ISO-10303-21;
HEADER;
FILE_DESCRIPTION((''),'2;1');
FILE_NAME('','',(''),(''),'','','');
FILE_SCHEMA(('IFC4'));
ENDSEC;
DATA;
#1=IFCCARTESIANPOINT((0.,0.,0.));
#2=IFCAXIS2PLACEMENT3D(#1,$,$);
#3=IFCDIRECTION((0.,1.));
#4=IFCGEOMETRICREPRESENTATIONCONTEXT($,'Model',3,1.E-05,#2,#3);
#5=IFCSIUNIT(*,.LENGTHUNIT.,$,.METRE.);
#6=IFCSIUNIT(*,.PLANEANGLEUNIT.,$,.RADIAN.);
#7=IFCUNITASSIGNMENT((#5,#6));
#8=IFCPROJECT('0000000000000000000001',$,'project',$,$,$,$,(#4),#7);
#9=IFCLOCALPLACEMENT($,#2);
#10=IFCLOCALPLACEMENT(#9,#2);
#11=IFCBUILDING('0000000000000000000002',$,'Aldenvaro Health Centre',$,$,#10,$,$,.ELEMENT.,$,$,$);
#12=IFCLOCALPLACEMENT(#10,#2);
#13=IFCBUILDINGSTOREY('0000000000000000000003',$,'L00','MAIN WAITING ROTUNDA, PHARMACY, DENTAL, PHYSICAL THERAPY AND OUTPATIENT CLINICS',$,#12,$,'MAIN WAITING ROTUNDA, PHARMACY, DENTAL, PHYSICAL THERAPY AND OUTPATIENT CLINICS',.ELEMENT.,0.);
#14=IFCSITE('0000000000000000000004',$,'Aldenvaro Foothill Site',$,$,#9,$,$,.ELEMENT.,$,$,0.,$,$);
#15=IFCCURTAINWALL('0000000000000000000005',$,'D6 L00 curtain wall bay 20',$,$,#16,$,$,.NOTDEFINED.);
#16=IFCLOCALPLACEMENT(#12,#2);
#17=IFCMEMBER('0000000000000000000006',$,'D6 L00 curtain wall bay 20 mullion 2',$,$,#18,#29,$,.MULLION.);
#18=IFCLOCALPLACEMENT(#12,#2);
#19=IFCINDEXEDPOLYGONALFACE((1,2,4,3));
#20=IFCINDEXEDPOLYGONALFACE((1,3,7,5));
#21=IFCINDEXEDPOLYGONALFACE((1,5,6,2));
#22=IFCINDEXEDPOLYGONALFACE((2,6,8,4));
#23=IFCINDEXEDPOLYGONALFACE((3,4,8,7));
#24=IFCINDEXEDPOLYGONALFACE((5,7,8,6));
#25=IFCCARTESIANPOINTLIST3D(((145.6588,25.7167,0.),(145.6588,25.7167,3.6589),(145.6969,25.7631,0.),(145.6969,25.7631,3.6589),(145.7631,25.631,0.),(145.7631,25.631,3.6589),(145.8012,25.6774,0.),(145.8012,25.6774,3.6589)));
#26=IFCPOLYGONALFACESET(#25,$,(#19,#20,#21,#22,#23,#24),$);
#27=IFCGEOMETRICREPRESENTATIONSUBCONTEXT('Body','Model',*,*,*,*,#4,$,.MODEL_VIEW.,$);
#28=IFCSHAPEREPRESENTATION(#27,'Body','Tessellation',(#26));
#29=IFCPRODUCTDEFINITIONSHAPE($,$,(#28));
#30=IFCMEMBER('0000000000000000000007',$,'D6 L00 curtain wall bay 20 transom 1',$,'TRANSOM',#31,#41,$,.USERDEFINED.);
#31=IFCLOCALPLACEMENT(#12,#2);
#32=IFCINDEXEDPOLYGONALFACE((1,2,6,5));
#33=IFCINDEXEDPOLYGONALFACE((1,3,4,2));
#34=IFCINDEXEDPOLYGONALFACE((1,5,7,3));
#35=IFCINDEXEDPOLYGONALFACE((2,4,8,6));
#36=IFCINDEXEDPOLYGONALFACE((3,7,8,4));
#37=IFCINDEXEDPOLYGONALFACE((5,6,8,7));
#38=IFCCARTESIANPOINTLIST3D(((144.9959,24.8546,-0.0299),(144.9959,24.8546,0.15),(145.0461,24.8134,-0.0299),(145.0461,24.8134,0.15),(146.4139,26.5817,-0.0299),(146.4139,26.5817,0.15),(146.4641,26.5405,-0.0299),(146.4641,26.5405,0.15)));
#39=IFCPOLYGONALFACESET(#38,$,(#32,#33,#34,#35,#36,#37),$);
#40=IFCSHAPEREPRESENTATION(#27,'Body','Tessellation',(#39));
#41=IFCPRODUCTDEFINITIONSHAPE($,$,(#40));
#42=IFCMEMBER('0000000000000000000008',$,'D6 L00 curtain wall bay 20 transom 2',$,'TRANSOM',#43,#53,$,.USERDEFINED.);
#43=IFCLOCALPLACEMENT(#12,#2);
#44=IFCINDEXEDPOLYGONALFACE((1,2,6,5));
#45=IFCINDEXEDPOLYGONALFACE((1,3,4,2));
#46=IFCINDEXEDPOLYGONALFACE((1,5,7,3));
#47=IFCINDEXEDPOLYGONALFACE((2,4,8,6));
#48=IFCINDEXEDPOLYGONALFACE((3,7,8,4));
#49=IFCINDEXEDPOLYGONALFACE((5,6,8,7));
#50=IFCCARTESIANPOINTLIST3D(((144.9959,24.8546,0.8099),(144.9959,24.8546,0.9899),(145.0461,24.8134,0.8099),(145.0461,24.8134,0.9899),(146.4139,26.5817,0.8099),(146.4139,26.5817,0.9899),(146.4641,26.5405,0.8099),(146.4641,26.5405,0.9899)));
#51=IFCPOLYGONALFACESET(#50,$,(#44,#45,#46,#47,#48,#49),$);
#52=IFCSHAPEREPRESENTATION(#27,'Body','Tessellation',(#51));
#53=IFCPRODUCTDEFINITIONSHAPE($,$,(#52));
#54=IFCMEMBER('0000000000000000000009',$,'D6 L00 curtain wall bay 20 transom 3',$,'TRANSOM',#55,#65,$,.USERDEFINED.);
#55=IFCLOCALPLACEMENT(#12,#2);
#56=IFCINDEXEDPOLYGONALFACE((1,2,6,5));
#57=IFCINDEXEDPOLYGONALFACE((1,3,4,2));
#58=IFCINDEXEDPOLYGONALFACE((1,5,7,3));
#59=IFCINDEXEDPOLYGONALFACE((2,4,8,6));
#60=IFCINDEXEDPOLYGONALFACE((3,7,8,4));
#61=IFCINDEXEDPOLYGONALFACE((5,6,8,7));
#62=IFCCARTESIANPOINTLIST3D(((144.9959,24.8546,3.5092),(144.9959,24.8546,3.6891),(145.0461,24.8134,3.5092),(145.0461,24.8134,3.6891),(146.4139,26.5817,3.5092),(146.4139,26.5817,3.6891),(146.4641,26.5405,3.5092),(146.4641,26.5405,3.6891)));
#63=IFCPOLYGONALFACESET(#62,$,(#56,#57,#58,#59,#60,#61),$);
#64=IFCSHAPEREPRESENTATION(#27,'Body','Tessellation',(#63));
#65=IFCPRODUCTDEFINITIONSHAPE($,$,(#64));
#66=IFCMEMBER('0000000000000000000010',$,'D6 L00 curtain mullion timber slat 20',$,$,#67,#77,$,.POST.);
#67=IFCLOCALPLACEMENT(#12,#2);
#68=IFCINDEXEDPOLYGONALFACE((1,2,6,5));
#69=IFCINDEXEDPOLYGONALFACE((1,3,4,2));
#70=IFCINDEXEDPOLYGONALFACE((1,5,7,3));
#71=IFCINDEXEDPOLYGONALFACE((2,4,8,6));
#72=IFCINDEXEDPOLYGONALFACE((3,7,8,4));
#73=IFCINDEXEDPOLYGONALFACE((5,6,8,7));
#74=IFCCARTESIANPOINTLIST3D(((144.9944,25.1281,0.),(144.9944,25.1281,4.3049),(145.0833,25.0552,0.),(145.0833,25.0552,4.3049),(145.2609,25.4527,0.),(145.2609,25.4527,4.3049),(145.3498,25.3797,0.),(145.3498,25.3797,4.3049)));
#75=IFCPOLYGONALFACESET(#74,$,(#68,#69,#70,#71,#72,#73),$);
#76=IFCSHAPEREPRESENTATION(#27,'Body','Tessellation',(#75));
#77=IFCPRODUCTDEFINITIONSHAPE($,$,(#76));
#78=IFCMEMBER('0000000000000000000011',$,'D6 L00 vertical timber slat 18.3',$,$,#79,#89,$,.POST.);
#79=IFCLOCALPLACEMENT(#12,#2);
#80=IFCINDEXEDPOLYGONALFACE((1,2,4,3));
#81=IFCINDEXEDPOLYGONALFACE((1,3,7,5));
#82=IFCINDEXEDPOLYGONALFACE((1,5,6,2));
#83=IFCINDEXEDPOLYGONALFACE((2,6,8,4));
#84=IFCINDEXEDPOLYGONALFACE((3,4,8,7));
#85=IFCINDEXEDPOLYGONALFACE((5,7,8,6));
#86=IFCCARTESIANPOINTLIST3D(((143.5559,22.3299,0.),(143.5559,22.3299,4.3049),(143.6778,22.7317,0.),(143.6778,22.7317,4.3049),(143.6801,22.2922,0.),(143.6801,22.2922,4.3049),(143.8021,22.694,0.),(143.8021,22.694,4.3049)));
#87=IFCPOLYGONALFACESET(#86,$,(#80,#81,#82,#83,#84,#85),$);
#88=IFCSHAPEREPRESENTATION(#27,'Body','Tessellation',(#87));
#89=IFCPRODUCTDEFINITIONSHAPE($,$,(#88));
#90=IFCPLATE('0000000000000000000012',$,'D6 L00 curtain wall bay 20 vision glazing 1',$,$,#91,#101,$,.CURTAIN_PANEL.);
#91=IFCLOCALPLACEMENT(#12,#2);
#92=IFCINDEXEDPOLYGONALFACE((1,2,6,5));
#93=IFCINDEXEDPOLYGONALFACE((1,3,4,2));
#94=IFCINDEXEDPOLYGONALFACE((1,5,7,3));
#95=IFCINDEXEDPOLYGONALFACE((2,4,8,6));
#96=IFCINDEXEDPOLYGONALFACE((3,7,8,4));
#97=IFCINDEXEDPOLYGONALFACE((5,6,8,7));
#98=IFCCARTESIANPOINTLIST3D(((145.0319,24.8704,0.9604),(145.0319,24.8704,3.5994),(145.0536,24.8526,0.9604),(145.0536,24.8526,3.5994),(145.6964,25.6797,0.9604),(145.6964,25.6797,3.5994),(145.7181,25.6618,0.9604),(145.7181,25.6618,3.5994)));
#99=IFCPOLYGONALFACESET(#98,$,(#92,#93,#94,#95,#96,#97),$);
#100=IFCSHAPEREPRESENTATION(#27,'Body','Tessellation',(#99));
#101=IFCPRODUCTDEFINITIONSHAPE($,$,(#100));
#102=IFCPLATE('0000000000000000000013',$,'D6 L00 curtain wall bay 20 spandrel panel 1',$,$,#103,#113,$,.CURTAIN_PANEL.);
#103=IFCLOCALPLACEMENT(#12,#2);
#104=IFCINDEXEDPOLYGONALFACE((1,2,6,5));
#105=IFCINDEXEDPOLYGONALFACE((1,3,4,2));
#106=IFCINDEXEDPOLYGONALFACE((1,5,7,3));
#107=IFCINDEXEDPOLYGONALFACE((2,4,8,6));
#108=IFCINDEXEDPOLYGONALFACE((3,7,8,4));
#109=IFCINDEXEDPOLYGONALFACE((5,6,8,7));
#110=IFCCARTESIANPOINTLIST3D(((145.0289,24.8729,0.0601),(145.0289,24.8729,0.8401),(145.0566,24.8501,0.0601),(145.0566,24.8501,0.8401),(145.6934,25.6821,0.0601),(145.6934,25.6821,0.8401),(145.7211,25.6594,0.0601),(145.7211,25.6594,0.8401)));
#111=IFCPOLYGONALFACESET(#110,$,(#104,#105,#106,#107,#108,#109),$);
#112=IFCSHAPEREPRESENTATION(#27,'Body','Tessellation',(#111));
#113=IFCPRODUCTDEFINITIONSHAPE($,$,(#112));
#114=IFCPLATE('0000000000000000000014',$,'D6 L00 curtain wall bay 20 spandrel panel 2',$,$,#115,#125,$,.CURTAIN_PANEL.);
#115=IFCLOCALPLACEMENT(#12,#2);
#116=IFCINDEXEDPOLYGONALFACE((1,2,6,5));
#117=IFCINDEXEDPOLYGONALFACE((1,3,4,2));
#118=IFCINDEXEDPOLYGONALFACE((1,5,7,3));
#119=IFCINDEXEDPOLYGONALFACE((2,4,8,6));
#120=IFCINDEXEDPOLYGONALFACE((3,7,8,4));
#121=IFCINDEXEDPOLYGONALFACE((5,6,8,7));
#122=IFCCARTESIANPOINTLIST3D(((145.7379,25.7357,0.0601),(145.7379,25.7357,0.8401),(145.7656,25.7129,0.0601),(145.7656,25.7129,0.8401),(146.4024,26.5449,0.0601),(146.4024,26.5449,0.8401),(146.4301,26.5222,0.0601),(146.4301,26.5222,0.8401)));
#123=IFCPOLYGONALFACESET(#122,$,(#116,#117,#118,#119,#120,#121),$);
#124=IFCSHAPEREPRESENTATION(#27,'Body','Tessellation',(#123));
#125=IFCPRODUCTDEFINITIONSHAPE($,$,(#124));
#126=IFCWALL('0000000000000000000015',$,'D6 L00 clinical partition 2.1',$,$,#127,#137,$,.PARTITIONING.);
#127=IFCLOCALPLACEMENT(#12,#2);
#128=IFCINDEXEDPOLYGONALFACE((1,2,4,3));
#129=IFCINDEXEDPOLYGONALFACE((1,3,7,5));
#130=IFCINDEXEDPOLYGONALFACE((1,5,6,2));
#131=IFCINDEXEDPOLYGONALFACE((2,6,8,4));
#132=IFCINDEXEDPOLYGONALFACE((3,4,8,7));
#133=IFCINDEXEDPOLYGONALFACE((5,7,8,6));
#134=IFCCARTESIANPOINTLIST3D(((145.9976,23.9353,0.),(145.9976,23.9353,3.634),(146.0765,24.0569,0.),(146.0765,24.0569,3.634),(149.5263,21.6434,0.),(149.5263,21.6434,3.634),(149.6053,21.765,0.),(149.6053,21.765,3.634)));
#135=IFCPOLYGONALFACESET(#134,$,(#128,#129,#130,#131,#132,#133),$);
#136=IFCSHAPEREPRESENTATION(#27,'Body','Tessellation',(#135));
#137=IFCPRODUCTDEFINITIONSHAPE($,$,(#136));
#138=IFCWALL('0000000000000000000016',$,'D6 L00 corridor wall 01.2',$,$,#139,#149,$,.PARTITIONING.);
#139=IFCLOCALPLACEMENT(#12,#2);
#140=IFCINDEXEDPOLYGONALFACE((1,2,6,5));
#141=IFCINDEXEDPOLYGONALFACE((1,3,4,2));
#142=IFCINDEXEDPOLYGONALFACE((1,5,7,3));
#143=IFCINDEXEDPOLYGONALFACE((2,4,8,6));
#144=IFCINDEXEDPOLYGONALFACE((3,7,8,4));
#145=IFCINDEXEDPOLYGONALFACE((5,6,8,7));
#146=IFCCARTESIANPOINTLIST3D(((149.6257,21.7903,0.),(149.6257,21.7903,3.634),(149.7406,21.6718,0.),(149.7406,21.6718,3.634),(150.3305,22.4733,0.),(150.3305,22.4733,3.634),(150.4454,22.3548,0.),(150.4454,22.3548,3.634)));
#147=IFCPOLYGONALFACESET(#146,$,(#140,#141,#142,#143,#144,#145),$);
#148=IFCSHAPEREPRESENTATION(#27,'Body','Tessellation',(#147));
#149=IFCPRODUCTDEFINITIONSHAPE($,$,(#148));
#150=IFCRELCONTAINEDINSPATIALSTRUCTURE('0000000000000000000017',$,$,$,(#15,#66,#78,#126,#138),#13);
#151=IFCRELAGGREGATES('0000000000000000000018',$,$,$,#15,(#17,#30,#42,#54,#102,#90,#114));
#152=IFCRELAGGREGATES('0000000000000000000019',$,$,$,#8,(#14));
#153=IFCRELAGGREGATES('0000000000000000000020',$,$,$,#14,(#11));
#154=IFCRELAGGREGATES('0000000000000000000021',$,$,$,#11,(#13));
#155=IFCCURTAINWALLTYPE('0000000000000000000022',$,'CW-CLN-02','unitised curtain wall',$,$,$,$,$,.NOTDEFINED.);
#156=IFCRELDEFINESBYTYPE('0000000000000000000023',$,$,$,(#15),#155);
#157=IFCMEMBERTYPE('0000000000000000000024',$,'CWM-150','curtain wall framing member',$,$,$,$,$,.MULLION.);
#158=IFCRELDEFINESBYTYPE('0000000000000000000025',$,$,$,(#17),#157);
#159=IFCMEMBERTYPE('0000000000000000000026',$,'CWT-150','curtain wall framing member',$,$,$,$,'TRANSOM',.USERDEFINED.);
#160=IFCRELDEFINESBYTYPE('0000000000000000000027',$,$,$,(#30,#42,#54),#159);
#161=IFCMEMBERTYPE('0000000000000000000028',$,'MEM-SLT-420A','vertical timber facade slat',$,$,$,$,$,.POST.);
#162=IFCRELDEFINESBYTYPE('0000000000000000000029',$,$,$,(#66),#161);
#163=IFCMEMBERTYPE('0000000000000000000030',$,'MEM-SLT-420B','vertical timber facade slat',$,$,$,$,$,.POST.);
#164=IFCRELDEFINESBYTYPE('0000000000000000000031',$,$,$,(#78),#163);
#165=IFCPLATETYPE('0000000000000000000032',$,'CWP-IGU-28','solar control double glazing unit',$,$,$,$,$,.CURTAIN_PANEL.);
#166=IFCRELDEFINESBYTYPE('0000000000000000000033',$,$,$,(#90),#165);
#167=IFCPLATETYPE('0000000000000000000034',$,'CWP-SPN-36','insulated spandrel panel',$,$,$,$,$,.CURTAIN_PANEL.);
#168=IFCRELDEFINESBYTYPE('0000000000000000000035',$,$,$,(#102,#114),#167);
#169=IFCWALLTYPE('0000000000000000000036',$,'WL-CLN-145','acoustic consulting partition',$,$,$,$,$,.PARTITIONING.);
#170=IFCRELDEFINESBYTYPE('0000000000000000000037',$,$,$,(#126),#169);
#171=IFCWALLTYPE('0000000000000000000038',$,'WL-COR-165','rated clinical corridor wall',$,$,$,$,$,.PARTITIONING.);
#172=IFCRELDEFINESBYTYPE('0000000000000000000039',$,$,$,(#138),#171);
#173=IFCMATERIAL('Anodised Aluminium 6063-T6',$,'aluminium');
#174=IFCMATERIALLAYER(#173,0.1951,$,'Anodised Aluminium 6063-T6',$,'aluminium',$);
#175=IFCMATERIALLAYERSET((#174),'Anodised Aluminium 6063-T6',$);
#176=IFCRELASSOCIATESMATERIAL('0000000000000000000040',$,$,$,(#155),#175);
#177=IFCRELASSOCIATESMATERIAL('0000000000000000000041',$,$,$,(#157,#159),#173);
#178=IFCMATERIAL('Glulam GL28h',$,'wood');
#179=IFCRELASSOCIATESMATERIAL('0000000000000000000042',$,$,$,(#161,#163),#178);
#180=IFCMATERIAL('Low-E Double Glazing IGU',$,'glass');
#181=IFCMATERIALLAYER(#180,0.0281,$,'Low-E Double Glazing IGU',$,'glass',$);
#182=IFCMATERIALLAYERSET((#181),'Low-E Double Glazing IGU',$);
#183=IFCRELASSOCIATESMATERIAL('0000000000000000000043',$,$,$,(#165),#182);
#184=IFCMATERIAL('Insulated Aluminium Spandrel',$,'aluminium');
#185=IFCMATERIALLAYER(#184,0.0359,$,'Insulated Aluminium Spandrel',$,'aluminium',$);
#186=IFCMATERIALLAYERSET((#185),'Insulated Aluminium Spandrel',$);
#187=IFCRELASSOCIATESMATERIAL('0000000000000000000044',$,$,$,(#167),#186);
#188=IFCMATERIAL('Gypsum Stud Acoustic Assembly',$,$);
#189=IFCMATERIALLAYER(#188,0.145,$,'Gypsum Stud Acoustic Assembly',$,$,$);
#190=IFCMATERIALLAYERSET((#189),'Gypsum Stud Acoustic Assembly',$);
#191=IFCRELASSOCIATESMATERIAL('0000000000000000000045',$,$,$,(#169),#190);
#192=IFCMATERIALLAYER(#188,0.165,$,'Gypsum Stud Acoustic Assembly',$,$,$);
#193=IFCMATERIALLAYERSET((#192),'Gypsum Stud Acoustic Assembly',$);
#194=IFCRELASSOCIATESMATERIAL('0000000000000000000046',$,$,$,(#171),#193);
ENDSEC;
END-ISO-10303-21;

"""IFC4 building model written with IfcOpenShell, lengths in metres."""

from ifc_helpers import new_model, si_unit, direction, frame, frame_2d, origin, origin_2d, place, context, subcontext, project, spatial, rectangle, extrude, material, layer, layer_set, material_profile, profile_set, type_object, element, aggregate, save


model = new_model("IFC4")

# Units and contexts
model_context = context("Model", 3, precision=1e-05, world=origin(), true_north=direction((0.0, 1.0)))
body_context = subcontext(model_context, "Body", "Model", "MODEL_VIEW")
ifc_project = project(units=[si_unit("LENGTHUNIT", "METRE"), si_unit("PLANEANGLEUNIT", "RADIAN")], contexts=[model_context])

# Site, building, storey
site_placement = place(None, origin())
site = spatial("IfcSite", under=ifc_project, at=site_placement, Name="Aldenvaro Foothill Site", CompositionType="ELEMENT", RefElevation=0.0)
building_placement = place(site_placement, origin())
building = spatial("IfcBuilding", under=site, at=building_placement, Name="Aldenvaro Health Centre", CompositionType="ELEMENT")
storey_placement = place(building_placement, origin())
storey = spatial("IfcBuildingStorey", under=building, at=storey_placement, Name="L00", Description="MAIN WAITING ROTUNDA, PHARMACY, DENTAL, PHYSICAL THERAPY AND OUTPATIENT CLINICS", LongName="MAIN WAITING ROTUNDA, PHARMACY, DENTAL, PHYSICAL THERAPY AND OUTPATIENT CLINICS", CompositionType="ELEMENT", Elevation=0.0)

# Shared definitions
ifc_material_1 = material(Name="Glulam GL28h", Category="wood")

# Curtain wall, members
ifc_material_2 = material(Name="Anodised Aluminium 6063-T6", Category="aluminium")
ifc_layer_1 = layer(ifc_material_2, 0.1951, Name="Anodised Aluminium 6063-T6", Category="aluminium")
ifc_layer_set_1 = layer_set([ifc_layer_1], Name="Anodised Aluminium 6063-T6")
curtain_wall_type = type_object("IfcCurtainWallType", Name="CW-CLN-02", Description="unitised curtain wall", PredefinedType="NOTDEFINED", material=ifc_layer_set_1)
curtain_wall_placement = place(storey_placement, origin())
curtain_wall = element("IfcCurtainWall", 1, at=curtain_wall_placement, inside=storey, type_object=curtain_wall_type, Name="D6 L00 curtain wall bay 20", PredefinedType="NOTDEFINED")
ifc_material_profile_1 = material_profile(ifc_material_2, rectangle(XDim=0.0601, YDim=0.135, at=origin_2d()), Name="ALU 60x135", Category="aluminium")
ifc_profile_set_1 = profile_set([ifc_material_profile_1], Name="Anodised Aluminium 6063-T6")
member_type_1 = type_object("IfcMemberType", Name="CWM-150", Description="curtain wall framing member", PredefinedType="MULLION", material=ifc_profile_set_1)
member_1_placement = place(storey_placement, frame((145.73, 25.697, 0.0), z_axis=(0.0, 0.0, 1.0), x_axis=(0.634577, 0.77286, 0.0)))
member_1 = element("IfcMember", 2, at=member_1_placement, type_object=member_type_1, Name="D6 L00 curtain wall bay 20 mullion 2", PredefinedType="MULLION", context=body_context, shape_type="SweptSolid", body=[
    extrude(rectangle(XDim=0.0601, YDim=0.135, at=origin_2d()), origin(), (0.0, 0.0, 1.0), 3.6589),
])
ifc_material_profile_2 = material_profile(ifc_material_2, rectangle(XDim=0.0649, YDim=0.1799, at=origin_2d()), Name="ALU 65x180", Category="aluminium")
ifc_profile_set_2 = profile_set([ifc_material_profile_2], Name="Anodised Aluminium 6063-T6")
member_type_2 = type_object("IfcMemberType", Name="CWT-150", Description="curtain wall framing member", ElementType="TRANSOM", PredefinedType="USERDEFINED", material=ifc_profile_set_2)
member_2_placement = place(storey_placement, frame((145.021, 24.834, 0.0601), z_axis=(0.634558, 0.772876, 0.0), x_axis=(-0.772876, 0.634558, 0.0)))
member_2 = element("IfcMember", 3, at=member_2_placement, type_object=member_type_2, Name="D6 L00 curtain wall bay 20 transom 1", ObjectType="TRANSOM", PredefinedType="USERDEFINED", context=body_context, shape_type="SweptSolid", body=[
    extrude(rectangle(XDim=0.0649, YDim=0.1799, at=origin_2d()), origin(), (0.0, 0.0, 1.0), 2.2346),
])
member_3_placement = place(storey_placement, frame((145.021, 24.834, 0.8999), z_axis=(0.634558, 0.772876, 0.0), x_axis=(-0.772876, 0.634558, 0.0)))
member_3 = element("IfcMember", 4, at=member_3_placement, type_object=member_type_2, Name="D6 L00 curtain wall bay 20 transom 2", ObjectType="TRANSOM", PredefinedType="USERDEFINED", context=body_context, shape_type="SweptSolid", body=[
    extrude(rectangle(XDim=0.0649, YDim=0.1799, at=origin_2d()), origin(), (0.0, 0.0, 1.0), 2.2346),
])
member_4_placement = place(storey_placement, frame((145.021, 24.834, 3.5991), z_axis=(0.634558, 0.772876, 0.0), x_axis=(-0.772876, 0.634558, 0.0)))
member_4 = element("IfcMember", 5, at=member_4_placement, type_object=member_type_2, Name="D6 L00 curtain wall bay 20 transom 3", ObjectType="TRANSOM", PredefinedType="USERDEFINED", context=body_context, shape_type="SweptSolid", body=[
    extrude(rectangle(XDim=0.0649, YDim=0.1799, at=origin_2d()), origin(), (0.0, 0.0, 1.0), 2.2346),
])

# Members
ifc_material_profile_3 = material_profile(ifc_material_1, rectangle(XDim=0.115, YDim=0.4199, at=origin_2d()), Name="GL 115x420", Category="wood")
ifc_profile_set_3 = profile_set([ifc_material_profile_3], Name="Glulam GL28h")
member_type_3 = type_object("IfcMemberType", Name="MEM-SLT-420A", Description="vertical timber facade slat", PredefinedType="POST", material=ifc_profile_set_3)
member_5_placement = place(storey_placement, frame((145.1721, 25.2539, 0.0), z_axis=(0.0, 0.0, 1.0), x_axis=(-0.77286, 0.634577, 0.0)))
element("IfcMember", 6, at=member_5_placement, inside=storey, type_object=member_type_3, Name="D6 L00 curtain mullion timber slat 20", PredefinedType="POST", context=body_context, shape_type="SweptSolid", body=[
    extrude(rectangle(XDim=0.115, YDim=0.4199, at=origin_2d()), origin(), (0.0, 0.0, 1.0), 4.3049),
])
ifc_material_profile_4 = material_profile(ifc_material_1, rectangle(XDim=0.1299, YDim=0.4199, at=origin_2d()), Name="GL 130x420", Category="wood")
ifc_profile_set_4 = profile_set([ifc_material_profile_4], Name="Glulam GL28h")
member_type_4 = type_object("IfcMemberType", Name="MEM-SLT-420B", Description="vertical timber facade slat", PredefinedType="POST", material=ifc_profile_set_4)
member_6_placement = place(storey_placement, frame((143.679, 22.512, 0.0), z_axis=(0.0, 0.0, 1.0), x_axis=(-0.956923, 0.290343, 0.0)))
element("IfcMember", 7, at=member_6_placement, inside=storey, type_object=member_type_4, Name="D6 L00 vertical timber slat 18.3", PredefinedType="POST", context=body_context, shape_type="SweptSolid", body=[
    extrude(rectangle(XDim=0.1299, YDim=0.4199, at=origin_2d()), origin(), (0.0, 0.0, 1.0), 4.3049),
])

# Plates
ifc_material_3 = material(Name="Low-E Double Glazing IGU", Category="glass")
ifc_layer_2 = layer(ifc_material_3, 0.0281, Name="Low-E Double Glazing IGU", Category="glass")
ifc_layer_set_2 = layer_set([ifc_layer_2], Name="Low-E Double Glazing IGU")
plate_type_1 = type_object("IfcPlateType", Name="CWP-IGU-28", Description="solar control double glazing unit", PredefinedType="CURTAIN_PANEL", material=ifc_layer_set_2)
plate_1_placement = place(storey_placement, frame((145.375, 25.2661, 0.9604), z_axis=(0.0, 0.0, 1.0), x_axis=(0.634577, 0.77286, 0.0)))
plate_1 = element("IfcPlate", 8, at=plate_1_placement, type_object=plate_type_1, Name="D6 L00 curtain wall bay 20 vision glazing 1", PredefinedType="CURTAIN_PANEL", context=body_context, shape_type="SweptSolid", body=[
    extrude(rectangle(XDim=1.0471, YDim=0.0281, at=origin_2d()), origin(), (0.0, 0.0, 1.0), 2.6389),
])
ifc_material_4 = material(Name="Insulated Aluminium Spandrel", Category="aluminium")
ifc_layer_3 = layer(ifc_material_4, 0.0359, Name="Insulated Aluminium Spandrel", Category="aluminium")
ifc_layer_set_3 = layer_set([ifc_layer_3], Name="Insulated Aluminium Spandrel")
plate_type_2 = type_object("IfcPlateType", Name="CWP-SPN-36", Description="insulated spandrel panel", PredefinedType="CURTAIN_PANEL", material=ifc_layer_set_3)
plate_2_placement = place(storey_placement, frame((145.375, 25.2661, 0.0601), z_axis=(0.0, 0.0, 1.0), x_axis=(0.634577, 0.77286, 0.0)))
plate_2 = element("IfcPlate", 9, at=plate_2_placement, type_object=plate_type_2, Name="D6 L00 curtain wall bay 20 spandrel panel 1", PredefinedType="CURTAIN_PANEL", context=body_context, shape_type="SweptSolid", body=[
    extrude(rectangle(XDim=1.0471, YDim=0.0359, at=origin_2d()), origin(), (0.0, 0.0, 1.0), 0.78),
])
plate_3_placement = place(storey_placement, frame((146.084, 26.1289, 0.0601), z_axis=(0.0, 0.0, 1.0), x_axis=(0.634577, 0.77286, 0.0)))
plate_3 = element("IfcPlate", 10, at=plate_3_placement, type_object=plate_type_2, Name="D6 L00 curtain wall bay 20 spandrel panel 2", PredefinedType="CURTAIN_PANEL", context=body_context, shape_type="SweptSolid", body=[
    extrude(rectangle(XDim=1.0471, YDim=0.0359, at=origin_2d()), origin(), (0.0, 0.0, 1.0), 0.78),
])
aggregate(curtain_wall, [member_1, member_2, member_3, member_4, plate_2, plate_1, plate_3])

# Walls
ifc_material_5 = material(Name="Gypsum Stud Acoustic Assembly")
ifc_layer_4 = layer(ifc_material_5, 0.145, Name="Gypsum Stud Acoustic Assembly")
ifc_layer_set_4 = layer_set([ifc_layer_4], Name="Gypsum Stud Acoustic Assembly")
wall_type_1 = type_object("IfcWallType", Name="WL-CLN-145", Description="acoustic consulting partition", PredefinedType="PARTITIONING", material=ifc_layer_set_4)
wall_1_placement = place(storey_placement, frame((149.5659, 21.7041, 0.0), z_axis=(0.0, 0.0, 1.0), x_axis=(-0.838632, 0.544699, 0.0)))
element("IfcWall", 11, at=wall_1_placement, inside=storey, type_object=wall_type_1, Name="D6 L00 clinical partition 2.1", PredefinedType="PARTITIONING", context=body_context, shape_type="SweptSolid", body=[
    extrude(rectangle(XDim=4.2078, YDim=0.145, at=frame_2d((2.104, 0.0))), origin(), (0.0, 0.0, 1.0), 3.634),
])
ifc_layer_5 = layer(ifc_material_5, 0.165, Name="Gypsum Stud Acoustic Assembly")
ifc_layer_set_5 = layer_set([ifc_layer_5], Name="Gypsum Stud Acoustic Assembly")
wall_type_2 = type_object("IfcWallType", Name="WL-COR-165", Description="rated clinical corridor wall", PredefinedType="PARTITIONING", material=ifc_layer_set_5)
wall_2_placement = place(storey_placement, frame((150.3879, 22.4141, 0.0), z_axis=(0.0, 0.0, 1.0), x_axis=(-0.718089, -0.695952, 0.0)))
element("IfcWall", 12, at=wall_2_placement, inside=storey, type_object=wall_type_2, Name="D6 L00 corridor wall 01.2", PredefinedType="PARTITIONING", context=body_context, shape_type="SweptSolid", body=[
    extrude(rectangle(XDim=0.9814, YDim=0.165, at=frame_2d((0.4907, 0.0))), origin(), (0.0, 0.0, 1.0), 3.634),
])

save(model, "model.ifc")
